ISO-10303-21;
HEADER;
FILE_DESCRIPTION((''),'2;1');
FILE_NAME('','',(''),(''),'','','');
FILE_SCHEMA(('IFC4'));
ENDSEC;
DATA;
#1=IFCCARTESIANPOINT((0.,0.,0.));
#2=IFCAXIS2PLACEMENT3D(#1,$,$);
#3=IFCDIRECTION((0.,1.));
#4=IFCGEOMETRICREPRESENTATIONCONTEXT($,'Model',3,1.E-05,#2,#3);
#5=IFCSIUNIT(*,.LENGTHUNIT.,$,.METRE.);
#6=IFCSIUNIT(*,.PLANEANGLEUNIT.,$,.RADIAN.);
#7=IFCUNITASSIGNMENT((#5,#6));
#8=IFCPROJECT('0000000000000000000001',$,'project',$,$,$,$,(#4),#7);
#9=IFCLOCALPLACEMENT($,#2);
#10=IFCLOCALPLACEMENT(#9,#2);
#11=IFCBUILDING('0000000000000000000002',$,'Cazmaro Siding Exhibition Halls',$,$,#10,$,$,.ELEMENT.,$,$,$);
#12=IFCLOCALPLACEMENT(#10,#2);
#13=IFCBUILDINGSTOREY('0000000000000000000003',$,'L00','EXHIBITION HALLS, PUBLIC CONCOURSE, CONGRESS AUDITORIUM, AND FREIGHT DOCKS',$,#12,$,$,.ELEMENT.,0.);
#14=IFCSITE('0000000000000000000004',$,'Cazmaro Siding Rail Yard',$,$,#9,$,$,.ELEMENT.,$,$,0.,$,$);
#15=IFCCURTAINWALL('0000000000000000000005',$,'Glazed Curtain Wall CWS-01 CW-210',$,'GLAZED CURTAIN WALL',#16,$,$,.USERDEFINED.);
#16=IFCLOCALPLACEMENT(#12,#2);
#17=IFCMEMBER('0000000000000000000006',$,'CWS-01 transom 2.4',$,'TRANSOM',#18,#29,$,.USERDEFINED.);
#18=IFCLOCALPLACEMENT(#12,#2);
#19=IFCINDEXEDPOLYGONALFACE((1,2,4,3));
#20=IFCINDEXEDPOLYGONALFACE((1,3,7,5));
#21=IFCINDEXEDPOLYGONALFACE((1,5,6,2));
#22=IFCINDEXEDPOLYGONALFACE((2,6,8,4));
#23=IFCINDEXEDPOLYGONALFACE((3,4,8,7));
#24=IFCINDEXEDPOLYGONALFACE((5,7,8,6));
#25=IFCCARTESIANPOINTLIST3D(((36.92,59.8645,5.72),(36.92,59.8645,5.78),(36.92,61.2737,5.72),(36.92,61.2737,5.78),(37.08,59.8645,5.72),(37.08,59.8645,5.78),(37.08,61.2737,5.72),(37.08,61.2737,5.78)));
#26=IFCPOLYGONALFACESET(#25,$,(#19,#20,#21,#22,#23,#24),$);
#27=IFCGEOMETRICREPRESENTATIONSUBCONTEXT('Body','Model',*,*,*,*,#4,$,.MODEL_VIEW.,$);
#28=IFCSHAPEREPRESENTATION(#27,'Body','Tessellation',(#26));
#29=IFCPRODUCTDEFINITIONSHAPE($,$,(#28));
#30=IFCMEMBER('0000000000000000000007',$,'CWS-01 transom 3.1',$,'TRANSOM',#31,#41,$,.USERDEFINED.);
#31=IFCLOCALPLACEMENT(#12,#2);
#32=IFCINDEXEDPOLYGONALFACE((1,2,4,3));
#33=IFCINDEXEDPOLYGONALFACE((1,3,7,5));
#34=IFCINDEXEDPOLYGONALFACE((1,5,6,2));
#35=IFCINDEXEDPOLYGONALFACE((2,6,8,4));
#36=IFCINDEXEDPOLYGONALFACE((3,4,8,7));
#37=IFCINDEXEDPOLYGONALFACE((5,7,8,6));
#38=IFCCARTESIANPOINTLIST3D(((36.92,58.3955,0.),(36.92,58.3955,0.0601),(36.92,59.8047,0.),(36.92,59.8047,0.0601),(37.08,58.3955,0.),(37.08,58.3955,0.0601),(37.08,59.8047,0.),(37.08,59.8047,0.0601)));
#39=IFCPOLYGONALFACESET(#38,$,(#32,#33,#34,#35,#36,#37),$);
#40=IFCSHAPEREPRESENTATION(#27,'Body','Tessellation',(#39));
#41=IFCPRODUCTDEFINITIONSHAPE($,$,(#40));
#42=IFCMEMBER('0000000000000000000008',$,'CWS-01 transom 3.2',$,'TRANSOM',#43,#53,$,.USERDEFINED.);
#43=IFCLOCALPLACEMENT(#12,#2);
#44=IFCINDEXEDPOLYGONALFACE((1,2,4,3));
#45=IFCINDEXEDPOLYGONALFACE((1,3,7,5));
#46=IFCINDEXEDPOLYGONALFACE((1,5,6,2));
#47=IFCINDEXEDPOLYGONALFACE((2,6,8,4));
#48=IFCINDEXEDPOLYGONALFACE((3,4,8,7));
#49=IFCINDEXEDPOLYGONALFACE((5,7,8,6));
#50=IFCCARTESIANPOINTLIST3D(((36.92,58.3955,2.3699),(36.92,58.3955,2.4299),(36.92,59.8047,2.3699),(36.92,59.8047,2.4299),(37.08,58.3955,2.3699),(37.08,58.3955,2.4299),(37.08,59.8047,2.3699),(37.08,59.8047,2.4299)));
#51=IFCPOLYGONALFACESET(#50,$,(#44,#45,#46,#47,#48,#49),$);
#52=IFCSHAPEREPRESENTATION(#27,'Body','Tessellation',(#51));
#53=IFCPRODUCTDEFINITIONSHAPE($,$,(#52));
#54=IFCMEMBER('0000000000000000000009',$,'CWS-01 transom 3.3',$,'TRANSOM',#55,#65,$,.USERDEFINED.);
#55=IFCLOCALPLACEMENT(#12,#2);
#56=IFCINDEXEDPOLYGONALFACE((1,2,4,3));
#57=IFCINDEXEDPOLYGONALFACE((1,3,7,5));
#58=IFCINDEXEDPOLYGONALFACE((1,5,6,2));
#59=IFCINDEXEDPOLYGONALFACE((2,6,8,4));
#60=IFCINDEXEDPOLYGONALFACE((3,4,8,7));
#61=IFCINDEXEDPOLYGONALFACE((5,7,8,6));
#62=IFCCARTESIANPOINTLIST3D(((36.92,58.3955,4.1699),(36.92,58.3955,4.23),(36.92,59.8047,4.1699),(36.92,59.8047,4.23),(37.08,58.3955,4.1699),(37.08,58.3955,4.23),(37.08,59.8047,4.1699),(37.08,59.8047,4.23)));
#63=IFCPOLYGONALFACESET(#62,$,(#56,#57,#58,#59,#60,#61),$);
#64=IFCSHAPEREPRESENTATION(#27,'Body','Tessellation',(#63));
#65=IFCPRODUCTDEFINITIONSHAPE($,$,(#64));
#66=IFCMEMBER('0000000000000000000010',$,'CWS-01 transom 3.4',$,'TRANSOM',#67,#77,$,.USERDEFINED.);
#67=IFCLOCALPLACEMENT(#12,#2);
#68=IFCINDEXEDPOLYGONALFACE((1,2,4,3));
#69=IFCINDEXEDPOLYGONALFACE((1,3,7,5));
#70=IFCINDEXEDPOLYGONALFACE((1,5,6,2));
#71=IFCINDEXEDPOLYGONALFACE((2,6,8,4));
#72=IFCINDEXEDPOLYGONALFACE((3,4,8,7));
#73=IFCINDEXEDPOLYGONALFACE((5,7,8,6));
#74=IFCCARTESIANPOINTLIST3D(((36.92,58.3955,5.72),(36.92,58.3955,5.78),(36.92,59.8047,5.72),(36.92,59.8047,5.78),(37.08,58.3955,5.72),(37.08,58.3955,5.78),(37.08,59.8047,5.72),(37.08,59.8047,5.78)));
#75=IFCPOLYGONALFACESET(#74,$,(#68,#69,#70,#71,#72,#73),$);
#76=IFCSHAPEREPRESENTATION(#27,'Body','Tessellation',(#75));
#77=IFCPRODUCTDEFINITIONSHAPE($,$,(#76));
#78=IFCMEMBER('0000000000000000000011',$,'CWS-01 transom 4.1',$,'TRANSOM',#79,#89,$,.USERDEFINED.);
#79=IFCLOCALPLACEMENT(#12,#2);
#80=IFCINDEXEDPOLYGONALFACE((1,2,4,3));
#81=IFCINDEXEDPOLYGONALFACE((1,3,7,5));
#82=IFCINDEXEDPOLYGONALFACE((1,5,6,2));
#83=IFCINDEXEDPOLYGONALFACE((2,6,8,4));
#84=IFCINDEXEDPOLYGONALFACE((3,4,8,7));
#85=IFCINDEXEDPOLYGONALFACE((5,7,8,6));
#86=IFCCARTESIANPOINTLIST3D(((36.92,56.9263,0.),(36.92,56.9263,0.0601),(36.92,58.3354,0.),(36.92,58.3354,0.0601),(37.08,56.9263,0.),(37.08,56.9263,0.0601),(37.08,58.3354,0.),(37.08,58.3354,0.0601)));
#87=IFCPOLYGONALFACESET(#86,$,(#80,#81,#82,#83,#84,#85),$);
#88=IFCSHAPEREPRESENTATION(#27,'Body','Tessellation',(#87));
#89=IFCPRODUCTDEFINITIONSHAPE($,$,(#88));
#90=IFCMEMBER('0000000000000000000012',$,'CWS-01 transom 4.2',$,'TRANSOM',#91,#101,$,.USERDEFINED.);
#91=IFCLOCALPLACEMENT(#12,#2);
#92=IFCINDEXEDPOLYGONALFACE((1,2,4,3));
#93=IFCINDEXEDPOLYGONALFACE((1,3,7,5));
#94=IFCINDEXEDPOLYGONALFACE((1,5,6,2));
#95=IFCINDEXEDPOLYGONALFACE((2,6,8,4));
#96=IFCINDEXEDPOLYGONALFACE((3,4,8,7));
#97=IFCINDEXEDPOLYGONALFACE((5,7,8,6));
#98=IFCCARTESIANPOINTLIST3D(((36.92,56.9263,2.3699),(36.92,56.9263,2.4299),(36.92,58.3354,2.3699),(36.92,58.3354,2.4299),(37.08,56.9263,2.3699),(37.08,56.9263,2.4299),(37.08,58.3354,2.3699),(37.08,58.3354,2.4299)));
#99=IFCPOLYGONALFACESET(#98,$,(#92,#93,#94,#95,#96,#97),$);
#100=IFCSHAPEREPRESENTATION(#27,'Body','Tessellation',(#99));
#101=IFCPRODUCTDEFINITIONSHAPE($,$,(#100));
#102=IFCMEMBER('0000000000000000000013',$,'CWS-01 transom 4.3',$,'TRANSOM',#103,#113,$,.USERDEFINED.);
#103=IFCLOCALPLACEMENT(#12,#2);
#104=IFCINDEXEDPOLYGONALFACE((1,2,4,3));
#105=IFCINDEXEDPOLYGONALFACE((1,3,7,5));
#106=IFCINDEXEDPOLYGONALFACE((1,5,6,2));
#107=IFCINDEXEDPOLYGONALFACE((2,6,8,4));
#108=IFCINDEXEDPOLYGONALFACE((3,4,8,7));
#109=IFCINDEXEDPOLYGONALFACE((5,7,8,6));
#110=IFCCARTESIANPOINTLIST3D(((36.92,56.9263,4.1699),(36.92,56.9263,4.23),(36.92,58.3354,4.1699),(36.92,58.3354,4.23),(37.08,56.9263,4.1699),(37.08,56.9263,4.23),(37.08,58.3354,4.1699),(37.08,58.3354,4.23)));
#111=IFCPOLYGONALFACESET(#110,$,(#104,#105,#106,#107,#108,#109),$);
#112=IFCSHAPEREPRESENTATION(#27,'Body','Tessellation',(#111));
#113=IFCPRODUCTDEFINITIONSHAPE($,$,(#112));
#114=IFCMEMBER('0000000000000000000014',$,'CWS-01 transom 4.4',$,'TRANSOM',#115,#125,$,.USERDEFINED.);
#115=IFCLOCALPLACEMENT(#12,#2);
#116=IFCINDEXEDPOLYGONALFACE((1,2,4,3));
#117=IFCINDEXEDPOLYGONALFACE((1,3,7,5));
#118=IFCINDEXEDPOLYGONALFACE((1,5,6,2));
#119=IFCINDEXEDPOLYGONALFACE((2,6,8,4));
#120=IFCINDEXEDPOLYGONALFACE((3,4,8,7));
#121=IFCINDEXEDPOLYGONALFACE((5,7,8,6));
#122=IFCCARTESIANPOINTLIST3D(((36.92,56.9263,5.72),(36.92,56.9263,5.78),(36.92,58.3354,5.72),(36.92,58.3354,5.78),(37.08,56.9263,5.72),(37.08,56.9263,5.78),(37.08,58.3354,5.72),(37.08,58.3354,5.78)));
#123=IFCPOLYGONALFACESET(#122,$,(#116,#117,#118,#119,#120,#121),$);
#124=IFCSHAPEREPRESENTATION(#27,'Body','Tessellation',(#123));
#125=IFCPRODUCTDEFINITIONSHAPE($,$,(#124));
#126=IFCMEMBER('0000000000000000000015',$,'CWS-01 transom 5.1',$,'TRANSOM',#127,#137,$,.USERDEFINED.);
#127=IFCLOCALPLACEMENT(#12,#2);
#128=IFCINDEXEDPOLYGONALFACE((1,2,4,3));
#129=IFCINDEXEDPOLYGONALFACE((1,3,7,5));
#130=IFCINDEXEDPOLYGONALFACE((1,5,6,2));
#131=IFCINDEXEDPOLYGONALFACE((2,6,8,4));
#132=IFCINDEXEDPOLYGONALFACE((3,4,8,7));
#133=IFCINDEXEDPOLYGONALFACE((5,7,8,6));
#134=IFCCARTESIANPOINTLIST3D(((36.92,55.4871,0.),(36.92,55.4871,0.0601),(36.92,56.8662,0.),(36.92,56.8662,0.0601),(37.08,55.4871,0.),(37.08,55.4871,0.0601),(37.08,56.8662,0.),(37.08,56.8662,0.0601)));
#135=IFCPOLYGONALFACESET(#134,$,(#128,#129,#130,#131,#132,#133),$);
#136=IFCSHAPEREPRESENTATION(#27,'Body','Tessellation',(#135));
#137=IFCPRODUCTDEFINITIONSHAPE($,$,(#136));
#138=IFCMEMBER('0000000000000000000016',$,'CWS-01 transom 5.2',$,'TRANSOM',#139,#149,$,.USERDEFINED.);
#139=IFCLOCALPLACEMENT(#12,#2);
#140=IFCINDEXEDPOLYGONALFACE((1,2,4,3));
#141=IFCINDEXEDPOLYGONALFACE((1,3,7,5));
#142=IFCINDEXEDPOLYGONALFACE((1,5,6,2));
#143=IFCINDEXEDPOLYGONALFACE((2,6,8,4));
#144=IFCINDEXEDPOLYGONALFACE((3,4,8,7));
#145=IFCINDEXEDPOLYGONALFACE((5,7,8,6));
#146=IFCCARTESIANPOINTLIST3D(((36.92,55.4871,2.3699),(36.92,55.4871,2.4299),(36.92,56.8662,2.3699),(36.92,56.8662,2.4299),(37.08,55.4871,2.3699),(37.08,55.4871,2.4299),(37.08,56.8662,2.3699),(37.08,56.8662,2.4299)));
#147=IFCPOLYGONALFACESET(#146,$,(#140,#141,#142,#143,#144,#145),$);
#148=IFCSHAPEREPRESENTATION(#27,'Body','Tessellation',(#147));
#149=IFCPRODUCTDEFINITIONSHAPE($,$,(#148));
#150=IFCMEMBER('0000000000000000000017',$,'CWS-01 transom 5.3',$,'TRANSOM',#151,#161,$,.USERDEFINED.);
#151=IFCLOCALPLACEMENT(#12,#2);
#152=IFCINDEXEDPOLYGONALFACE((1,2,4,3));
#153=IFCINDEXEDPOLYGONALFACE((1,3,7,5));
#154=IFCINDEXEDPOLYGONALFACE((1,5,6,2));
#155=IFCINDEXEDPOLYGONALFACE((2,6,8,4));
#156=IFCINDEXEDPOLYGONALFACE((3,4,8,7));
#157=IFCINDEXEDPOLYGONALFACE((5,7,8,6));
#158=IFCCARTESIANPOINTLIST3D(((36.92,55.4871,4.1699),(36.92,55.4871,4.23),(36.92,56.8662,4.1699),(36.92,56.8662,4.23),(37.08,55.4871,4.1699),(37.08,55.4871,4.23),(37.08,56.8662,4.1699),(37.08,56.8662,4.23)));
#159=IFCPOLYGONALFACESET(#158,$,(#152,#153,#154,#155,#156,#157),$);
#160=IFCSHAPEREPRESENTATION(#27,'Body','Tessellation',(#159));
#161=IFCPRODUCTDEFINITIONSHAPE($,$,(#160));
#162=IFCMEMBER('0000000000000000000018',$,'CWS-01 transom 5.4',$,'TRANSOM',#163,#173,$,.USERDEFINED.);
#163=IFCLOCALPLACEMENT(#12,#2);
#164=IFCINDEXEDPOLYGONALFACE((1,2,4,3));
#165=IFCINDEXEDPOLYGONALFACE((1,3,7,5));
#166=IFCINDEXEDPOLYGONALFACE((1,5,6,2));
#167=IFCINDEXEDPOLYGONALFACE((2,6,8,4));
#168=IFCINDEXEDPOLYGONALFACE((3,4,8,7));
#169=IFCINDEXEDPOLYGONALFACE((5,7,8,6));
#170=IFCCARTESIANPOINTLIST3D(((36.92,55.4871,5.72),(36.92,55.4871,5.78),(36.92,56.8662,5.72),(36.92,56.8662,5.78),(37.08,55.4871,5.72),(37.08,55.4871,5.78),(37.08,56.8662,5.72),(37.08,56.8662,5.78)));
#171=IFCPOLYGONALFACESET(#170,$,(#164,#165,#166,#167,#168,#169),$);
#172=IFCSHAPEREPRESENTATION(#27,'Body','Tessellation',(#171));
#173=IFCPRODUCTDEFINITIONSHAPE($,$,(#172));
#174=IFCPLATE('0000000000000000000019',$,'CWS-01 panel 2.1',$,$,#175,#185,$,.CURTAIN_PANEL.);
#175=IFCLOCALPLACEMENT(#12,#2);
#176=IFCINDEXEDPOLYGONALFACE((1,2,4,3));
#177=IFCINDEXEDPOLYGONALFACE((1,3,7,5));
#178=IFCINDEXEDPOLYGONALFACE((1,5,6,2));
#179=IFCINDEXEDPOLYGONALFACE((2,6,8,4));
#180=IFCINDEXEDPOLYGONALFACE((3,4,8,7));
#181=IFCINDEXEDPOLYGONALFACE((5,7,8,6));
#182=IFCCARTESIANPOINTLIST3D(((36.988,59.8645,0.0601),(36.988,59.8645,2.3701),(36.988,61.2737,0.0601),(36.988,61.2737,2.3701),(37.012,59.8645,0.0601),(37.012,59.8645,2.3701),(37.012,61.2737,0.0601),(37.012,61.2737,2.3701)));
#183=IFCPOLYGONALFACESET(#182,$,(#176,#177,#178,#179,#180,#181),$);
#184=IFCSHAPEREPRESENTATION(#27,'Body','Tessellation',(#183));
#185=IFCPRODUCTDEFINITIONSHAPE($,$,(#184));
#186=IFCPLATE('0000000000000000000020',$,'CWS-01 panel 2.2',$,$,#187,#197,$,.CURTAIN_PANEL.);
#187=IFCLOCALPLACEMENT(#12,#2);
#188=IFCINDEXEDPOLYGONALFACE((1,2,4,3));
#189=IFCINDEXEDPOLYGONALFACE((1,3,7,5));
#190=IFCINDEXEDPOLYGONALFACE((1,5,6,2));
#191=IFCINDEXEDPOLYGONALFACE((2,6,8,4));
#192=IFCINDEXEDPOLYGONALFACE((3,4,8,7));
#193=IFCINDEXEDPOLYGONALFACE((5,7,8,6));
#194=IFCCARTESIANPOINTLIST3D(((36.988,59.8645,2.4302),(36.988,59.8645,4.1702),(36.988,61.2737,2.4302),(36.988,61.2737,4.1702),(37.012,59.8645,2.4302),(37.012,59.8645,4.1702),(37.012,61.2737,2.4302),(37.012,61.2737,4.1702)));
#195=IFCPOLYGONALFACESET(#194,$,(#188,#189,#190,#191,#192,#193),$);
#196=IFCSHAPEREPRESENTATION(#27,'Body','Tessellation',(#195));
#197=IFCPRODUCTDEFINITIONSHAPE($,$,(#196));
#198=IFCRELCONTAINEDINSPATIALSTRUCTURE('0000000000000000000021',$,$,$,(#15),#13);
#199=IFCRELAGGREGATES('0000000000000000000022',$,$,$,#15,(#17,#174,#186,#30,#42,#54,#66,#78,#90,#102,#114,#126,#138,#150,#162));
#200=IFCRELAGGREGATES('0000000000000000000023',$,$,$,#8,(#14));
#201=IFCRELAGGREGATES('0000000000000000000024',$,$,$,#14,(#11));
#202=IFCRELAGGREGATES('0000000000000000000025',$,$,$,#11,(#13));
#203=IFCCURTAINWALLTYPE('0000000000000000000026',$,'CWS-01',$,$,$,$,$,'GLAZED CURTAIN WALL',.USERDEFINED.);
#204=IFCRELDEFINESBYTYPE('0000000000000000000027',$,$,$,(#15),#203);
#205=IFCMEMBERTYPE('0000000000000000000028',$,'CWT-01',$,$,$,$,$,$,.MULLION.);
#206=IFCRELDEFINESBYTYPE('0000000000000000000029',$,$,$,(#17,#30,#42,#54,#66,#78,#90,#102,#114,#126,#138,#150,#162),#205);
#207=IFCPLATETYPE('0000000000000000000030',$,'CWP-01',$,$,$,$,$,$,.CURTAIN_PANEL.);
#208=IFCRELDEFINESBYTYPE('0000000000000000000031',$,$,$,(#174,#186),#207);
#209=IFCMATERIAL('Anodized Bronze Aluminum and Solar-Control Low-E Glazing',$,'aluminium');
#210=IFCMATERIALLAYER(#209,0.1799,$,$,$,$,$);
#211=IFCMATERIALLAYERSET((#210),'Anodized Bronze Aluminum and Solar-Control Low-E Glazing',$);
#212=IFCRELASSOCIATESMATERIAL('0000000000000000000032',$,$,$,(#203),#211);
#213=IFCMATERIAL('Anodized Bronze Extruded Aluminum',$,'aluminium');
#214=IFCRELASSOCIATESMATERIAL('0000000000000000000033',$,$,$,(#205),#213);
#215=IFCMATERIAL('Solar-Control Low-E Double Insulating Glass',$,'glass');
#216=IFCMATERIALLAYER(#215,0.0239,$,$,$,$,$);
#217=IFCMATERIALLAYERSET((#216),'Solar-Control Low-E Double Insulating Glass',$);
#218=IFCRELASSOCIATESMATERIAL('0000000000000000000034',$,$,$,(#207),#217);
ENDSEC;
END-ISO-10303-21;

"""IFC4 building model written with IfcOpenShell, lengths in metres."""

from ifc_helpers import new_model, si_unit, direction, frame, origin, origin_2d, place, context, subcontext, project, spatial, rectangle, extrude, material, layer, layer_set, material_profile, profile_set, type_object, element, aggregate, save


model = new_model("IFC4")

# Units and contexts
model_context = context("Model", 3, precision=1e-05, world=origin(), true_north=direction((0.0, 1.0)))
body_context = subcontext(model_context, "Body", "Model", "MODEL_VIEW")
ifc_project = project(units=[si_unit("LENGTHUNIT", "METRE"), si_unit("PLANEANGLEUNIT", "RADIAN")], contexts=[model_context])

# Site, building, storey
site_placement = place(None, origin())
site = spatial("IfcSite", under=ifc_project, at=site_placement, Name="Cazmaro Siding Rail Yard", CompositionType="ELEMENT", RefElevation=0.0)
building_placement = place(site_placement, origin())
building = spatial("IfcBuilding", under=site, at=building_placement, Name="Cazmaro Siding Exhibition Halls", CompositionType="ELEMENT")
storey_placement = place(building_placement, origin())
storey = spatial("IfcBuildingStorey", under=building, at=storey_placement, Name="L00", Description="EXHIBITION HALLS, PUBLIC CONCOURSE, CONGRESS AUDITORIUM, AND FREIGHT DOCKS", CompositionType="ELEMENT", Elevation=0.0)

# Curtain wall, members, plates
ifc_material_1 = material(Name="Anodized Bronze Aluminum and Solar-Control Low-E Glazing", Category="aluminium")
ifc_layer_1 = layer(ifc_material_1, 0.1799)
ifc_layer_set_1 = layer_set([ifc_layer_1], Name="Anodized Bronze Aluminum and Solar-Control Low-E Glazing")
curtain_wall_type = type_object("IfcCurtainWallType", Name="CWS-01", ElementType="GLAZED CURTAIN WALL", PredefinedType="USERDEFINED", material=ifc_layer_set_1)
curtain_wall_placement = place(storey_placement, origin())
curtain_wall = element("IfcCurtainWall", 1, at=curtain_wall_placement, inside=storey, type_object=curtain_wall_type, Name="Glazed Curtain Wall CWS-01 CW-210", ObjectType="GLAZED CURTAIN WALL", PredefinedType="USERDEFINED")
ifc_material_2 = material(Name="Anodized Bronze Extruded Aluminum", Category="aluminium")
ifc_material_profile_1 = material_profile(ifc_material_2, rectangle(XDim=0.1599, YDim=0.0601, at=origin_2d()), Name="CWT-01")
ifc_profile_set_1 = profile_set([ifc_material_profile_1], Name="Anodized Bronze Extruded Aluminum")
member_type_1 = type_object("IfcMemberType", Name="CWT-01", PredefinedType="MULLION", material=ifc_profile_set_1)
member_1_placement = place(storey_placement, frame((37.0, 61.2737, 5.75), z_axis=(0.0, -1.0, 0.0), x_axis=(1.0, 0.0, 0.0)))
member_1 = element("IfcMember", 2, at=member_1_placement, type_object=member_type_1, Name="CWS-01 transom 2.4", ObjectType="TRANSOM", PredefinedType="USERDEFINED", context=body_context, shape_type="SweptSolid", body=[
    extrude(rectangle(XDim=0.1599, YDim=0.0601, at=origin_2d()), origin(), (0.0, 0.0, 1.0), 1.4092),
])
member_2_placement = place(storey_placement, frame((37.0, 59.8047, 0.03), z_axis=(0.0, -1.0, 0.0), x_axis=(1.0, 0.0, 0.0)))
member_2 = element("IfcMember", 3, at=member_2_placement, type_object=member_type_1, Name="CWS-01 transom 3.1", ObjectType="TRANSOM", PredefinedType="USERDEFINED", context=body_context, shape_type="SweptSolid", body=[
    extrude(rectangle(XDim=0.1599, YDim=0.0601, at=origin_2d()), origin(), (0.0, 0.0, 1.0), 1.4092),
])
member_3_placement = place(storey_placement, frame((37.0, 59.8047, 2.3999), z_axis=(0.0, -1.0, 0.0), x_axis=(1.0, 0.0, 0.0)))
member_3 = element("IfcMember", 4, at=member_3_placement, type_object=member_type_1, Name="CWS-01 transom 3.2", ObjectType="TRANSOM", PredefinedType="USERDEFINED", context=body_context, shape_type="SweptSolid", body=[
    extrude(rectangle(XDim=0.1599, YDim=0.0601, at=origin_2d()), origin(), (0.0, 0.0, 1.0), 1.4092),
])
member_4_placement = place(storey_placement, frame((37.0, 59.8047, 4.2), z_axis=(0.0, -1.0, 0.0), x_axis=(1.0, 0.0, 0.0)))
member_4 = element("IfcMember", 5, at=member_4_placement, type_object=member_type_1, Name="CWS-01 transom 3.3", ObjectType="TRANSOM", PredefinedType="USERDEFINED", context=body_context, shape_type="SweptSolid", body=[
    extrude(rectangle(XDim=0.1599, YDim=0.0601, at=origin_2d()), origin(), (0.0, 0.0, 1.0), 1.4092),
])
member_5_placement = place(storey_placement, frame((37.0, 59.8047, 5.75), z_axis=(0.0, -1.0, 0.0), x_axis=(1.0, 0.0, 0.0)))
member_5 = element("IfcMember", 6, at=member_5_placement, type_object=member_type_1, Name="CWS-01 transom 3.4", ObjectType="TRANSOM", PredefinedType="USERDEFINED", context=body_context, shape_type="SweptSolid", body=[
    extrude(rectangle(XDim=0.1599, YDim=0.0601, at=origin_2d()), origin(), (0.0, 0.0, 1.0), 1.4092),
])
member_6_placement = place(storey_placement, frame((37.0, 58.3354, 0.03), z_axis=(0.0, -1.0, 0.0), x_axis=(1.0, 0.0, 0.0)))
member_6 = element("IfcMember", 7, at=member_6_placement, type_object=member_type_1, Name="CWS-01 transom 4.1", ObjectType="TRANSOM", PredefinedType="USERDEFINED", context=body_context, shape_type="SweptSolid", body=[
    extrude(rectangle(XDim=0.1599, YDim=0.0601, at=origin_2d()), origin(), (0.0, 0.0, 1.0), 1.4092),
])
member_7_placement = place(storey_placement, frame((37.0, 58.3354, 2.3999), z_axis=(0.0, -1.0, 0.0), x_axis=(1.0, 0.0, 0.0)))
member_7 = element("IfcMember", 8, at=member_7_placement, type_object=member_type_1, Name="CWS-01 transom 4.2", ObjectType="TRANSOM", PredefinedType="USERDEFINED", context=body_context, shape_type="SweptSolid", body=[
    extrude(rectangle(XDim=0.1599, YDim=0.0601, at=origin_2d()), origin(), (0.0, 0.0, 1.0), 1.4092),
])
member_8_placement = place(storey_placement, frame((37.0, 58.3354, 4.2), z_axis=(0.0, -1.0, 0.0), x_axis=(1.0, 0.0, 0.0)))
member_8 = element("IfcMember", 9, at=member_8_placement, type_object=member_type_1, Name="CWS-01 transom 4.3", ObjectType="TRANSOM", PredefinedType="USERDEFINED", context=body_context, shape_type="SweptSolid", body=[
    extrude(rectangle(XDim=0.1599, YDim=0.0601, at=origin_2d()), origin(), (0.0, 0.0, 1.0), 1.4092),
])
member_9_placement = place(storey_placement, frame((37.0, 58.3354, 5.75), z_axis=(0.0, -1.0, 0.0), x_axis=(1.0, 0.0, 0.0)))
member_9 = element("IfcMember", 10, at=member_9_placement, type_object=member_type_1, Name="CWS-01 transom 4.4", ObjectType="TRANSOM", PredefinedType="USERDEFINED", context=body_context, shape_type="SweptSolid", body=[
    extrude(rectangle(XDim=0.1599, YDim=0.0601, at=origin_2d()), origin(), (0.0, 0.0, 1.0), 1.4092),
])
member_10_placement = place(storey_placement, frame((37.0, 56.8662, 0.03), z_axis=(0.0, -1.0, 0.0), x_axis=(1.0, 0.0, 0.0)))
member_10 = element("IfcMember", 11, at=member_10_placement, type_object=member_type_1, Name="CWS-01 transom 5.1", ObjectType="TRANSOM", PredefinedType="USERDEFINED", context=body_context, shape_type="SweptSolid", body=[
    extrude(rectangle(XDim=0.1599, YDim=0.0601, at=origin_2d()), origin(), (0.0, 0.0, 1.0), 1.3792),
])
member_11_placement = place(storey_placement, frame((37.0, 56.8662, 2.3999), z_axis=(0.0, -1.0, 0.0), x_axis=(1.0, 0.0, 0.0)))
member_11 = element("IfcMember", 12, at=member_11_placement, type_object=member_type_1, Name="CWS-01 transom 5.2", ObjectType="TRANSOM", PredefinedType="USERDEFINED", context=body_context, shape_type="SweptSolid", body=[
    extrude(rectangle(XDim=0.1599, YDim=0.0601, at=origin_2d()), origin(), (0.0, 0.0, 1.0), 1.3792),
])
member_12_placement = place(storey_placement, frame((37.0, 56.8662, 4.2), z_axis=(0.0, -1.0, 0.0), x_axis=(1.0, 0.0, 0.0)))
member_12 = element("IfcMember", 13, at=member_12_placement, type_object=member_type_1, Name="CWS-01 transom 5.3", ObjectType="TRANSOM", PredefinedType="USERDEFINED", context=body_context, shape_type="SweptSolid", body=[
    extrude(rectangle(XDim=0.1599, YDim=0.0601, at=origin_2d()), origin(), (0.0, 0.0, 1.0), 1.3792),
])
member_13_placement = place(storey_placement, frame((37.0, 56.8662, 5.75), z_axis=(0.0, -1.0, 0.0), x_axis=(1.0, 0.0, 0.0)))
member_13 = element("IfcMember", 14, at=member_13_placement, type_object=member_type_1, Name="CWS-01 transom 5.4", ObjectType="TRANSOM", PredefinedType="USERDEFINED", context=body_context, shape_type="SweptSolid", body=[
    extrude(rectangle(XDim=0.1599, YDim=0.0601, at=origin_2d()), origin(), (0.0, 0.0, 1.0), 1.3792),
])
ifc_material_3 = material(Name="Solar-Control Low-E Double Insulating Glass", Category="glass")
ifc_layer_2 = layer(ifc_material_3, 0.0239)
ifc_layer_set_2 = layer_set([ifc_layer_2], Name="Solar-Control Low-E Double Insulating Glass")
plate_type = type_object("IfcPlateType", Name="CWP-01", PredefinedType="CURTAIN_PANEL", material=ifc_layer_set_2)
plate_1_placement = place(storey_placement, frame((37.0, 60.5691, 0.0601), z_axis=(0.0, 0.0, 1.0), x_axis=(0.0, -1.0, 0.0)))
plate_1 = element("IfcPlate", 15, at=plate_1_placement, type_object=plate_type, Name="CWS-01 panel 2.1", PredefinedType="CURTAIN_PANEL", context=body_context, shape_type="SweptSolid", body=[
    extrude(rectangle(XDim=1.4092, YDim=0.0239, at=origin_2d()), origin(), (0.0, 0.0, 1.0), 2.3101),
])
plate_2_placement = place(storey_placement, frame((37.0, 60.5691, 2.4302), z_axis=(0.0, 0.0, 1.0), x_axis=(0.0, -1.0, 0.0)))
plate_2 = element("IfcPlate", 16, at=plate_2_placement, type_object=plate_type, Name="CWS-01 panel 2.2", PredefinedType="CURTAIN_PANEL", context=body_context, shape_type="SweptSolid", body=[
    extrude(rectangle(XDim=1.4092, YDim=0.0239, at=origin_2d()), origin(), (0.0, 0.0, 1.0), 1.74),
])
aggregate(curtain_wall, [member_1, plate_1, plate_2, member_2, member_3, member_4, member_5, member_6, member_7, member_8, member_9, member_10, member_11, member_12, member_13])

save(model, "model.ifc")
